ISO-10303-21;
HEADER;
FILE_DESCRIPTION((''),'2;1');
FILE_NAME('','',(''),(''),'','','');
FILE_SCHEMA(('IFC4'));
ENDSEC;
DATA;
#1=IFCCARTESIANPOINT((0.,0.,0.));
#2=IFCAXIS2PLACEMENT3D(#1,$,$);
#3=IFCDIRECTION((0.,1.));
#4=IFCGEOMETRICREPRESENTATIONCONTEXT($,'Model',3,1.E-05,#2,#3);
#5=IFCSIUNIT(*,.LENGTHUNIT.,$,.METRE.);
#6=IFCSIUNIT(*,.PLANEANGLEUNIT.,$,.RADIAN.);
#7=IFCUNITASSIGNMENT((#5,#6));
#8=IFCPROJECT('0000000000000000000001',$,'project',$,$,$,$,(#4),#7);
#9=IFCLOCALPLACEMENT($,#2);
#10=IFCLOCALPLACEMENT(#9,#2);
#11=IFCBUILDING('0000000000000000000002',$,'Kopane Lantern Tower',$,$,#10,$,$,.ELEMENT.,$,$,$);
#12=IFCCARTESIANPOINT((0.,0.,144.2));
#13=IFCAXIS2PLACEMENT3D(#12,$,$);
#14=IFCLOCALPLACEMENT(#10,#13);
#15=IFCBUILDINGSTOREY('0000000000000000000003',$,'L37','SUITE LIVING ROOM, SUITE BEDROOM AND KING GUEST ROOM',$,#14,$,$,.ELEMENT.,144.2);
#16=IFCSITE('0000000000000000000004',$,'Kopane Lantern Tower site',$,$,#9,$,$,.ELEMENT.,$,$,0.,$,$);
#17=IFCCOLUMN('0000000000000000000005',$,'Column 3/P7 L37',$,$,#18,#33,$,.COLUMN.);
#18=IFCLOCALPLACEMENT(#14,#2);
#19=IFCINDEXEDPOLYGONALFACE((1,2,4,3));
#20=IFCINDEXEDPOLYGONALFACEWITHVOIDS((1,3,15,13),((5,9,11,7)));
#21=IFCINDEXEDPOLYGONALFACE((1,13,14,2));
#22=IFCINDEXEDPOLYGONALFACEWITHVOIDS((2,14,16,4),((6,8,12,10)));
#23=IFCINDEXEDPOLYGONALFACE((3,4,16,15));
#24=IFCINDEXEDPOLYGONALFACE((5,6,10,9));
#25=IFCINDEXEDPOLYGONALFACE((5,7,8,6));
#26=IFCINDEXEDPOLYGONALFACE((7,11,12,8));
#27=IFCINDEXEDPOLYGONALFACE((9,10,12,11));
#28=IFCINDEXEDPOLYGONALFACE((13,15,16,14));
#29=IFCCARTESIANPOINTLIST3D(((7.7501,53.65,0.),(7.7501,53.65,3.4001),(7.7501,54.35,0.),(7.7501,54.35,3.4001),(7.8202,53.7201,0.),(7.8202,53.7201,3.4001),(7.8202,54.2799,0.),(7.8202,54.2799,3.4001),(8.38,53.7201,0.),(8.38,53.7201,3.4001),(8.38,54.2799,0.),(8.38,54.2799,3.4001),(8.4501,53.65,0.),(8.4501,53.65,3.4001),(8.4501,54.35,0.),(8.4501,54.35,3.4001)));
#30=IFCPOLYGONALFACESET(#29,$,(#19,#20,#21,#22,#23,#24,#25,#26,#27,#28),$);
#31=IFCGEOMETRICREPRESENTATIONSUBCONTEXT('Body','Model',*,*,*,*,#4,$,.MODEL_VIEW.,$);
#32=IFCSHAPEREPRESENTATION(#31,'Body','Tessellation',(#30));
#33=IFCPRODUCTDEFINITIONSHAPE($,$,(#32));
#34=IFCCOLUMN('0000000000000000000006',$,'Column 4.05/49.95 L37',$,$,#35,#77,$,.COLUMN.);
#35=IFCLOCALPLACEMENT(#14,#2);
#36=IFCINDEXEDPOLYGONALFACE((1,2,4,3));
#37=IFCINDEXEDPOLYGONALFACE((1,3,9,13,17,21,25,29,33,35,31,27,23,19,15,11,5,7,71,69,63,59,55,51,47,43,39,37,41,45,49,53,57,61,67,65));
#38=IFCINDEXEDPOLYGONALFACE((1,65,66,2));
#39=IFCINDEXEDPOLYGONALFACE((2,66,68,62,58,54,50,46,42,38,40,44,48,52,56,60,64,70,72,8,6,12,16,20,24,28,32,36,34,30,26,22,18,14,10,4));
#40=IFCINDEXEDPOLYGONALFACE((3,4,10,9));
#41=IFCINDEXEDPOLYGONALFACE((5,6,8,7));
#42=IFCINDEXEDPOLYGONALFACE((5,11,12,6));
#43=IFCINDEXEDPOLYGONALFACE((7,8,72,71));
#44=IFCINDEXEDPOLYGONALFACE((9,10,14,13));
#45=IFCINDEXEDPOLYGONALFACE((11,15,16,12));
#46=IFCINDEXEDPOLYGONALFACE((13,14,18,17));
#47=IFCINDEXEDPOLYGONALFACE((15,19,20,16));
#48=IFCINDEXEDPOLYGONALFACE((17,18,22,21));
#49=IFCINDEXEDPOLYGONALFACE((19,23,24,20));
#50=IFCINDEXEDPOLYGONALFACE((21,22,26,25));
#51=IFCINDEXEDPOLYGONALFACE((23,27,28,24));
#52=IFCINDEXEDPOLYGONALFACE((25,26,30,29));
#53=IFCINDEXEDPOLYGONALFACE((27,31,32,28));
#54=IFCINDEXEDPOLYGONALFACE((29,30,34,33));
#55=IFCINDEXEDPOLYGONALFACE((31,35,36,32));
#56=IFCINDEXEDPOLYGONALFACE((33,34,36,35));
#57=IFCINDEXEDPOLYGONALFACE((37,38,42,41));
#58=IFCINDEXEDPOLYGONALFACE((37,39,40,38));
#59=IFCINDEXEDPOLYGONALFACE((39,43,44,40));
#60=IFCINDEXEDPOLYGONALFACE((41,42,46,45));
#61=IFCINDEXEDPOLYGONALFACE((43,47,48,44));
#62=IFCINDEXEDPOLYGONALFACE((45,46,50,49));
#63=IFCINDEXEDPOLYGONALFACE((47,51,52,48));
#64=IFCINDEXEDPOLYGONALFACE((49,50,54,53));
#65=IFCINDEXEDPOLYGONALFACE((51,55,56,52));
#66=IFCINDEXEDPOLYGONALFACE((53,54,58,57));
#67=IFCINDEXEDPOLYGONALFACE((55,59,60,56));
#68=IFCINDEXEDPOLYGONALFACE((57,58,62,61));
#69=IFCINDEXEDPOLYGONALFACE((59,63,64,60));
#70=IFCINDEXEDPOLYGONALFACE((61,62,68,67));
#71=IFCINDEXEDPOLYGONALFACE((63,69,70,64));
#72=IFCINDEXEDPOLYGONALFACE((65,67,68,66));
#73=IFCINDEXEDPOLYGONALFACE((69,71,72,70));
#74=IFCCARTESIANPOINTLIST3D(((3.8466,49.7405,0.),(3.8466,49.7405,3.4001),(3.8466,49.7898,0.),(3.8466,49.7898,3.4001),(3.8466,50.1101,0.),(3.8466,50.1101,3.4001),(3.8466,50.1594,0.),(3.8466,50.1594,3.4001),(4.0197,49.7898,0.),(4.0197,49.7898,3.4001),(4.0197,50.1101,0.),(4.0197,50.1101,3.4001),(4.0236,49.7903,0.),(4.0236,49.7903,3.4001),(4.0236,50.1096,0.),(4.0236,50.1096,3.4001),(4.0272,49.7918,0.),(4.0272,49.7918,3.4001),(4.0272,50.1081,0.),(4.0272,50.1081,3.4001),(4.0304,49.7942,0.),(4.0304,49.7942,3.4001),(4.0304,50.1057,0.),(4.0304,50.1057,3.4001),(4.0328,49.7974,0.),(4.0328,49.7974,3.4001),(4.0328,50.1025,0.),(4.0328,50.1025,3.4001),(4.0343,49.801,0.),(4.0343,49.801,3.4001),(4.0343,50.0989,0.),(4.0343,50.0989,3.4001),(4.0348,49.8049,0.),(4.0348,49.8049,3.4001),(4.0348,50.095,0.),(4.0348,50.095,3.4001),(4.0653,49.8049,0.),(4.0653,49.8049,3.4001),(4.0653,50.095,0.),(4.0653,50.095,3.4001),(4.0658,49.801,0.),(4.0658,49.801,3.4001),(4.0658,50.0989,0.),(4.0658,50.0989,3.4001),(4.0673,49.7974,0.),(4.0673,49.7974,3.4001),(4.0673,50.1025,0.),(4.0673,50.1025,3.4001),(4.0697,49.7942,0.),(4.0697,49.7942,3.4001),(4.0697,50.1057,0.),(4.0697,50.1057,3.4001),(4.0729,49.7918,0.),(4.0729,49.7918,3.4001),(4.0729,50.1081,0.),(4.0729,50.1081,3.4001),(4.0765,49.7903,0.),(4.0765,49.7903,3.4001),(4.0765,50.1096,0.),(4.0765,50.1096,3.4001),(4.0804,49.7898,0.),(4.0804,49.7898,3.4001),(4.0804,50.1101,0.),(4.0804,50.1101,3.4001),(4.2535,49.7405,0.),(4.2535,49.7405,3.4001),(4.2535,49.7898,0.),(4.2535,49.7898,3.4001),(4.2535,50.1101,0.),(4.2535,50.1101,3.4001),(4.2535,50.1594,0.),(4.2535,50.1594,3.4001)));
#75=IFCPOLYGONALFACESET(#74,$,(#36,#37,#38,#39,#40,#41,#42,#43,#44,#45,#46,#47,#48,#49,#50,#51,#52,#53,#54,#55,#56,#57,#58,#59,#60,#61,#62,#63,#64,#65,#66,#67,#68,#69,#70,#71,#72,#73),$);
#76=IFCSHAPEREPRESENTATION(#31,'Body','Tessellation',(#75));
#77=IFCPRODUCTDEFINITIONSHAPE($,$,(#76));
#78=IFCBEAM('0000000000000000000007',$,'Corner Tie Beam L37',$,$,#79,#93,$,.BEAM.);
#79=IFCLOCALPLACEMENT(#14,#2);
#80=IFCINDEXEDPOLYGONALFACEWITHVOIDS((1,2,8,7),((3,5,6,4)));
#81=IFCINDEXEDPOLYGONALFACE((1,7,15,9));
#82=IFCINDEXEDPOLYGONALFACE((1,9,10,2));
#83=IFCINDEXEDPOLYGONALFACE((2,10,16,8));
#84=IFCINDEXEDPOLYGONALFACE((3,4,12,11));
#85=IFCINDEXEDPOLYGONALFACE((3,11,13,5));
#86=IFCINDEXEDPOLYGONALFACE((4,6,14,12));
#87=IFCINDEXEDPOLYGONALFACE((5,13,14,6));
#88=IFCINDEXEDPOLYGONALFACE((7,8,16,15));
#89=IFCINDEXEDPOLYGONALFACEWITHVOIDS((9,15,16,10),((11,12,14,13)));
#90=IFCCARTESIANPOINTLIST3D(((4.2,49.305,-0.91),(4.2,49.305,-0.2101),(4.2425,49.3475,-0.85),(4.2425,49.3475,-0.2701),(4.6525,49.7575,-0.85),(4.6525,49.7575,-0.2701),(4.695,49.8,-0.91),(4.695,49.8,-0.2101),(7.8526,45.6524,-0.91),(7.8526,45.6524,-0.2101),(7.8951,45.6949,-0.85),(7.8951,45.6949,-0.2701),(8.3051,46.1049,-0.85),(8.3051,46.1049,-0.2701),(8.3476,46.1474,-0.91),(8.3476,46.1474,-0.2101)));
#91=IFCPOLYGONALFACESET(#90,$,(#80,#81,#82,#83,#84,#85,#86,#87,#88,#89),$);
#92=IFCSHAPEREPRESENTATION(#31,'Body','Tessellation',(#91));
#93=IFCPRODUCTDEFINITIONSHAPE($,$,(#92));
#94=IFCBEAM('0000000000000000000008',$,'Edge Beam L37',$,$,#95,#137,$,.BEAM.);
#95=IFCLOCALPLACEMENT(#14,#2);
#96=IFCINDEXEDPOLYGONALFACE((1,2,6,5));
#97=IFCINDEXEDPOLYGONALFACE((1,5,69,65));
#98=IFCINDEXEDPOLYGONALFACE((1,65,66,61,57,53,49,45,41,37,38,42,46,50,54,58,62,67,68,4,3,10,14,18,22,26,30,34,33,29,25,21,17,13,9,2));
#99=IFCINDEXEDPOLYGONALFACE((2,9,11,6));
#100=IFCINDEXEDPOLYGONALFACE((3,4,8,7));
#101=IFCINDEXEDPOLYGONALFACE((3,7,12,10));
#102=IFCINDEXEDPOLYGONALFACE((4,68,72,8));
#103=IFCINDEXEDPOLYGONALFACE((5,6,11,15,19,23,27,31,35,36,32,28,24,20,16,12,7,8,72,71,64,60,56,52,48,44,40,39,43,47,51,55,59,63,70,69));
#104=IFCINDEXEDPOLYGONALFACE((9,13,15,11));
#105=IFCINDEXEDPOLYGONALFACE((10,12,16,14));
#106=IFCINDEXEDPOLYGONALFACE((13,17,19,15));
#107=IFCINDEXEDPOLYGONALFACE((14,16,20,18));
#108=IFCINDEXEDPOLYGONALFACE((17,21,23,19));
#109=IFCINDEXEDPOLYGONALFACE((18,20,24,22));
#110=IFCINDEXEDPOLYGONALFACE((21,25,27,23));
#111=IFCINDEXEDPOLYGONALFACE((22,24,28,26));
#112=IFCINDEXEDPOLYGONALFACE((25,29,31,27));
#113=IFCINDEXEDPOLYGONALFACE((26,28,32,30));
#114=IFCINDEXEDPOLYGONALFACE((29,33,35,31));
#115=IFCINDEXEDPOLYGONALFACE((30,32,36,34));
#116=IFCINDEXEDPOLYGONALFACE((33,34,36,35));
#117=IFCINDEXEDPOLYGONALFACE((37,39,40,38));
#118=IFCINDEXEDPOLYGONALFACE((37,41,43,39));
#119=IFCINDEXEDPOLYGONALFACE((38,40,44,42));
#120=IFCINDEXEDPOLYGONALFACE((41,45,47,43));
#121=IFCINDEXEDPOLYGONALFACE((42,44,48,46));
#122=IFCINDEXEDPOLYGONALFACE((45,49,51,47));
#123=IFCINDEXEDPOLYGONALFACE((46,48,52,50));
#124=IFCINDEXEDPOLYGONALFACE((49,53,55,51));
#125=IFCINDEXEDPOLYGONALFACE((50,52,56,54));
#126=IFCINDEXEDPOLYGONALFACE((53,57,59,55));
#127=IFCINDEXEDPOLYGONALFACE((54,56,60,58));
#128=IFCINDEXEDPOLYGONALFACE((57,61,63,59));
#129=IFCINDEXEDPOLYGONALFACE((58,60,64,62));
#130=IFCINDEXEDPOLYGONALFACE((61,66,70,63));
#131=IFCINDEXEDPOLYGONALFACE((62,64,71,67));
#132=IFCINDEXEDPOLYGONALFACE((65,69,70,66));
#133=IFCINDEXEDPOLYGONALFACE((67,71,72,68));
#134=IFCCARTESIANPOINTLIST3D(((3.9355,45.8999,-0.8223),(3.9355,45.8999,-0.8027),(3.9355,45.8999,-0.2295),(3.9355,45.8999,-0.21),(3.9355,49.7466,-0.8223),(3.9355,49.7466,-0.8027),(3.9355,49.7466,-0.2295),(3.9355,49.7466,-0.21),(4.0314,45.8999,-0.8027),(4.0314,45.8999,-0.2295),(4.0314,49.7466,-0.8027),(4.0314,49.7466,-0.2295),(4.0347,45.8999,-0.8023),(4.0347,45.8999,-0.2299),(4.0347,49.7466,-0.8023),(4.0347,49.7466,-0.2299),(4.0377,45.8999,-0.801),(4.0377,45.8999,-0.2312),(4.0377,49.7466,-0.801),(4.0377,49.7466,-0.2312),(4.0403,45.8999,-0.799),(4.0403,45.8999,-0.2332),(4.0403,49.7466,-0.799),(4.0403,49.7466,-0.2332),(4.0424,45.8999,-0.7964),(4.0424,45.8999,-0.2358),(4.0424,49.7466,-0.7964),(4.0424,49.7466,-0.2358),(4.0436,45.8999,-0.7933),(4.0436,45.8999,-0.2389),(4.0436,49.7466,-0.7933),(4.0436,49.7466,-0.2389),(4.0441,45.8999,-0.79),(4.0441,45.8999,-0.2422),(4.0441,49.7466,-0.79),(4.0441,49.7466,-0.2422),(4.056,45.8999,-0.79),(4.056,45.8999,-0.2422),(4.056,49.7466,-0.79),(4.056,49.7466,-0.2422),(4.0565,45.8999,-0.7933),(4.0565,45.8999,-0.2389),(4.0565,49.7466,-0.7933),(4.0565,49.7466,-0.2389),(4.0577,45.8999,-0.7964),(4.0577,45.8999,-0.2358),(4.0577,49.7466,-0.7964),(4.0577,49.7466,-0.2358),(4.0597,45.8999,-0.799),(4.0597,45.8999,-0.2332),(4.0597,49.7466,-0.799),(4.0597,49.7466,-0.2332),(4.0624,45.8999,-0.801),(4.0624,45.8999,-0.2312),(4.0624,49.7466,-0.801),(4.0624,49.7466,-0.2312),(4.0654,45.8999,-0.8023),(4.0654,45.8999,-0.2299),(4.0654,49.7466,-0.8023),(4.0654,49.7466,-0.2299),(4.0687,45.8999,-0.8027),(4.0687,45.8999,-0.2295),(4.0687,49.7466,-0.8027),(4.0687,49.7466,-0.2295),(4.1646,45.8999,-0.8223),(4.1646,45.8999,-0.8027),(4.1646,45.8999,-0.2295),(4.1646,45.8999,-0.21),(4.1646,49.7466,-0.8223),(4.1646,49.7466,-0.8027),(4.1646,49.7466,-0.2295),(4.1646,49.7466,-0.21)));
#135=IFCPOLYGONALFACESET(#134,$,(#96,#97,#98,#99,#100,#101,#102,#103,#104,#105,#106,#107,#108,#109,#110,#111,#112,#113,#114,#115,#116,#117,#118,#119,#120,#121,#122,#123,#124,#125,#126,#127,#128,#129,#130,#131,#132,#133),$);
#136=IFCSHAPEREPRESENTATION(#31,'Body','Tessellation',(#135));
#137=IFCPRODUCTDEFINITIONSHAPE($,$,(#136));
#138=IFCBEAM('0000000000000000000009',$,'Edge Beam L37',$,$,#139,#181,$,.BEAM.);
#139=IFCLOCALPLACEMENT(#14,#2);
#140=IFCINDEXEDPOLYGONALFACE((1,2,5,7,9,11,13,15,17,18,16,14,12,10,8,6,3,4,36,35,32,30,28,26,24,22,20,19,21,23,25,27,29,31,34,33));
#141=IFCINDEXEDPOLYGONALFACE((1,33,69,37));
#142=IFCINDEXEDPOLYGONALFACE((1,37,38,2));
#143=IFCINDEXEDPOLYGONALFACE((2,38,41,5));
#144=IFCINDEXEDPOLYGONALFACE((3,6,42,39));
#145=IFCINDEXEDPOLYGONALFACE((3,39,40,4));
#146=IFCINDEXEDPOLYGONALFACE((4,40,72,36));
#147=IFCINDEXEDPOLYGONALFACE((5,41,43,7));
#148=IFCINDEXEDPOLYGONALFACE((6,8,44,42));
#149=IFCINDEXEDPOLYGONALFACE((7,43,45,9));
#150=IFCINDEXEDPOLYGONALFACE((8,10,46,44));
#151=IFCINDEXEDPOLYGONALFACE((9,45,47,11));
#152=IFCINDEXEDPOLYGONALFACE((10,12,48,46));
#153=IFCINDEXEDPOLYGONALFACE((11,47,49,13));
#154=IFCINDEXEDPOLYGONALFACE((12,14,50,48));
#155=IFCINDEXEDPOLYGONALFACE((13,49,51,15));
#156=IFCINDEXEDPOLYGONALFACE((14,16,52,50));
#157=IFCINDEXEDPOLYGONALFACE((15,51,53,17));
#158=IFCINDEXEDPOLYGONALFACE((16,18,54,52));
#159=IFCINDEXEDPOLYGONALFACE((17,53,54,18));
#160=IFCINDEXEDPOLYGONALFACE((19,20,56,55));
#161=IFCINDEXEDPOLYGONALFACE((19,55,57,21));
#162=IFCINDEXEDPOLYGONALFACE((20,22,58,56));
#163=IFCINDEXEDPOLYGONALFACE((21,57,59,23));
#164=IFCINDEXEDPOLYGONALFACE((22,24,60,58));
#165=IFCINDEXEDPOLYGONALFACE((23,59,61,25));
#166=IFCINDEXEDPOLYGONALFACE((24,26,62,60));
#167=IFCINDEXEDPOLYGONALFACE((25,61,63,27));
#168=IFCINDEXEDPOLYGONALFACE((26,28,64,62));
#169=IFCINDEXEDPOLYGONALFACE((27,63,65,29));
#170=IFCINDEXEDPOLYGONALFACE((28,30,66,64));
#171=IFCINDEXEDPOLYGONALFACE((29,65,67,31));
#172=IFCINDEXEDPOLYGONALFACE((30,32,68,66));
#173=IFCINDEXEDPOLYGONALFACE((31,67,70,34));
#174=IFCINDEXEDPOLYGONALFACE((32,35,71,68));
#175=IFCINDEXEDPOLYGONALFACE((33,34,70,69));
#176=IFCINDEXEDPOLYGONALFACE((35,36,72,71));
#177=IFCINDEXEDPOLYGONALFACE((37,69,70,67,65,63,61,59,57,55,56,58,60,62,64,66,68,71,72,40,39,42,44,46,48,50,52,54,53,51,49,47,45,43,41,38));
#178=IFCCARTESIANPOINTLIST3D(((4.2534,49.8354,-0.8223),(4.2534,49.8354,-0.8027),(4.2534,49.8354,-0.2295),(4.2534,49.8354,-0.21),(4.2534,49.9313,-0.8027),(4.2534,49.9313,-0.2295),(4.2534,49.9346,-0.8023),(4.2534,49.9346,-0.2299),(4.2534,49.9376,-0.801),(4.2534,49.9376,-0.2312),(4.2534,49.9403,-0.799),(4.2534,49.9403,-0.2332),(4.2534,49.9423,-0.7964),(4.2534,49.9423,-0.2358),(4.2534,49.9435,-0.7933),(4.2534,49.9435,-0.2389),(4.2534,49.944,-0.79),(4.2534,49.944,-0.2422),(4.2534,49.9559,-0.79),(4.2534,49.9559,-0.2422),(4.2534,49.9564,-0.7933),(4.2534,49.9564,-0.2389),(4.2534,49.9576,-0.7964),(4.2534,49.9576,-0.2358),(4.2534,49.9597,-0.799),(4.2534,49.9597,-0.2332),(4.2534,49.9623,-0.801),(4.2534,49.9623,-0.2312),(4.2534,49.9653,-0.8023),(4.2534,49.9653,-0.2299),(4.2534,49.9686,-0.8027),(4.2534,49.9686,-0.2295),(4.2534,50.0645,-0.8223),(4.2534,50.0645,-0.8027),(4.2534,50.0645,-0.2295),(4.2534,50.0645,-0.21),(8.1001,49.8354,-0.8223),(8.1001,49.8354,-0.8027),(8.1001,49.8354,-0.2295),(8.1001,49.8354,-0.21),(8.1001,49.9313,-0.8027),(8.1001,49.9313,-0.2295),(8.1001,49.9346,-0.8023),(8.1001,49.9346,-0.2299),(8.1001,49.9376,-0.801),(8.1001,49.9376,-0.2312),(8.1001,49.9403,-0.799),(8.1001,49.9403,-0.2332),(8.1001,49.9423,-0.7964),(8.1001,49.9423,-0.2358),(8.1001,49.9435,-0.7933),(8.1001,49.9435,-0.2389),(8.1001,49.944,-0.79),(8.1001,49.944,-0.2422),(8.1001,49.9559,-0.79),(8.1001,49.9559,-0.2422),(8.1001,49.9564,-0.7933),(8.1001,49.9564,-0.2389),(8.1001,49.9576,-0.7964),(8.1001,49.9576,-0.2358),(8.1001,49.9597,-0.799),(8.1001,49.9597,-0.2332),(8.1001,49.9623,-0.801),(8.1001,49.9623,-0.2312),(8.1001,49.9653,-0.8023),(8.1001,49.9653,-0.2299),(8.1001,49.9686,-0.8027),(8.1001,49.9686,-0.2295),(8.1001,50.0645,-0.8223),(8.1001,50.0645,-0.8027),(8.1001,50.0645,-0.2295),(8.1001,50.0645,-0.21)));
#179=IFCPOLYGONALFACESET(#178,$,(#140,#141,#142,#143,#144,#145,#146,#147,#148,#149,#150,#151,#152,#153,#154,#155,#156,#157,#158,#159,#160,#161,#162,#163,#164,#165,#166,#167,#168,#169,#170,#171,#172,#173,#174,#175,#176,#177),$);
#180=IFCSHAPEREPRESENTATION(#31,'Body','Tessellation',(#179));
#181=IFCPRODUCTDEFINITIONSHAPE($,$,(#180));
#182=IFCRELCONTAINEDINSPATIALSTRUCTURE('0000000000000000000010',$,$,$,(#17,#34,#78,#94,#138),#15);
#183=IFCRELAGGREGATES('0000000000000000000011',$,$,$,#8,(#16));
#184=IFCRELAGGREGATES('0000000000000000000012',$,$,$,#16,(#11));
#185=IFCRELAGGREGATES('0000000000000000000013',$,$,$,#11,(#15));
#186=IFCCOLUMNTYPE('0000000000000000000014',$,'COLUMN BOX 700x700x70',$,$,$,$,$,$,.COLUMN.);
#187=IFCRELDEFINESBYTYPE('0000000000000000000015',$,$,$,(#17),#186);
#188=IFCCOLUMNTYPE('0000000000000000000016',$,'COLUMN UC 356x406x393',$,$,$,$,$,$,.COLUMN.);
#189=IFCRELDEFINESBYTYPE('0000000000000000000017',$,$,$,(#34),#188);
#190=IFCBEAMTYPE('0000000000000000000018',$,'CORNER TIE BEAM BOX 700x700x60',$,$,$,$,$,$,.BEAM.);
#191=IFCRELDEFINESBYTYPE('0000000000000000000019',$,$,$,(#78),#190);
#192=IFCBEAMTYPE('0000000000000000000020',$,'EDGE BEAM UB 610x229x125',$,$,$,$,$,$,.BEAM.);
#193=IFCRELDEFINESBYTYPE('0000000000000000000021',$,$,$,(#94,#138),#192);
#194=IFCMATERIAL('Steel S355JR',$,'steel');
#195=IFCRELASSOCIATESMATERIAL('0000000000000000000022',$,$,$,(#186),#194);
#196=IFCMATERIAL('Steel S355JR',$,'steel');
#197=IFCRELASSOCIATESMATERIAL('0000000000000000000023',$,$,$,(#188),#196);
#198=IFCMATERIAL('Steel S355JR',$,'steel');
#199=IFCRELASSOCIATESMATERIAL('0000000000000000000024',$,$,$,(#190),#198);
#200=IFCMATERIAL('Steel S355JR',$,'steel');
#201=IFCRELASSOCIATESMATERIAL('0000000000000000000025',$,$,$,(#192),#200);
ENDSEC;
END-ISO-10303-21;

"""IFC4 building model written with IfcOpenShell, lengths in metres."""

from ifc_helpers import new_model, si_unit, direction, frame, origin, origin_2d, place, context, subcontext, project, spatial, hollow_rectangle, i_section, extrude, material, material_profile, profile_set, type_object, element, save


model = new_model("IFC4")

# Units and contexts
model_context = context("Model", 3, precision=1e-05, world=origin(), true_north=direction((0.0, 1.0)))
body_context = subcontext(model_context, "Body", "Model", "MODEL_VIEW")
ifc_project = project(units=[si_unit("LENGTHUNIT", "METRE"), si_unit("PLANEANGLEUNIT", "RADIAN")], contexts=[model_context])

# Site, building, storey
site_placement = place(None, origin())
site = spatial("IfcSite", under=ifc_project, at=site_placement, Name="Kopane Lantern Tower site", CompositionType="ELEMENT", RefElevation=0.0)
building_placement = place(site_placement, origin())
building = spatial("IfcBuilding", under=site, at=building_placement, Name="Kopane Lantern Tower", CompositionType="ELEMENT")
storey_placement = place(building_placement, frame((0.0, 0.0, 144.2)))
storey = spatial("IfcBuildingStorey", under=building, at=storey_placement, Name="L37", Description="SUITE LIVING ROOM, SUITE BEDROOM AND KING GUEST ROOM", CompositionType="ELEMENT", Elevation=144.2)

# Columns
ifc_material_1 = material(Name="Steel S355JR", Category="steel")
ifc_material_profile_1 = material_profile(ifc_material_1, hollow_rectangle(XDim=0.7, YDim=0.7, WallThickness=0.0701, at=origin_2d()), Name="BOX 700x700x70")
ifc_profile_set_1 = profile_set([ifc_material_profile_1], Name="Steel S355JR")
column_type_1 = type_object("IfcColumnType", Name="COLUMN BOX 700x700x70", PredefinedType="COLUMN", material=ifc_profile_set_1)
column_1_placement = place(storey_placement, frame((8.1001, 54.0, 0.0), z_axis=(0.0, 0.0, 1.0), x_axis=(1.0, 0.0, 0.0)))
element("IfcColumn", 1, at=column_1_placement, inside=storey, type_object=column_type_1, Name="Column 3/P7 L37", PredefinedType="COLUMN", context=body_context, shape_type="SweptSolid", body=[
    extrude(hollow_rectangle(XDim=0.7, YDim=0.7, WallThickness=0.0701, at=origin_2d()), origin(), (0.0, 0.0, 1.0), 3.4001),
])
ifc_material_2 = material(Name="Steel S355JR", Category="steel")
ifc_material_profile_2 = material_profile(ifc_material_2, i_section(OverallWidth=0.407, OverallDepth=0.4189, WebThickness=0.0305, FlangeThickness=0.0493, FilletRadius=0.0151, at=origin_2d()), Name="UC 356x406x393")
ifc_profile_set_2 = profile_set([ifc_material_profile_2], Name="Steel S355JR")
column_type_2 = type_object("IfcColumnType", Name="COLUMN UC 356x406x393", PredefinedType="COLUMN", material=ifc_profile_set_2)
column_2_placement = place(storey_placement, frame((4.05, 49.95, 0.0), z_axis=(0.0, 0.0, 1.0), x_axis=(1.0, 0.0, 0.0)))
element("IfcColumn", 2, at=column_2_placement, inside=storey, type_object=column_type_2, Name="Column 4.05/49.95 L37", PredefinedType="COLUMN", context=body_context, shape_type="SweptSolid", body=[
    extrude(i_section(OverallWidth=0.407, OverallDepth=0.4189, WebThickness=0.0305, FlangeThickness=0.0493, FilletRadius=0.0151, at=origin_2d()), origin(), (0.0, 0.0, 1.0), 3.4001),
])

# Beams
ifc_material_3 = material(Name="Steel S355JR", Category="steel")
ifc_material_profile_3 = material_profile(ifc_material_3, hollow_rectangle(XDim=0.7, YDim=0.7, WallThickness=0.0601, at=origin_2d()), Name="BOX 700x700x60")
ifc_profile_set_3 = profile_set([ifc_material_profile_3], Name="Steel S355JR")
beam_type_1 = type_object("IfcBeamType", Name="CORNER TIE BEAM BOX 700x700x60", PredefinedType="BEAM", material=ifc_profile_set_3)
beam_1_placement = place(storey_placement, frame((4.4475, 49.5525, -0.5601), z_axis=(0.707107, -0.707107, 0.0), x_axis=(0.707107, 0.707107, 0.0)))
element("IfcBeam", 3, at=beam_1_placement, inside=storey, type_object=beam_type_1, Name="Corner Tie Beam L37", PredefinedType="BEAM", context=body_context, shape_type="SweptSolid", body=[
    extrude(hollow_rectangle(XDim=0.7, YDim=0.7, WallThickness=0.0601, at=origin_2d()), origin(), (0.0, 0.0, 1.0), 5.1655),
])
ifc_material_4 = material(Name="Steel S355JR", Category="steel")
ifc_material_profile_4 = material_profile(ifc_material_4, i_section(OverallWidth=0.229, OverallDepth=0.6123, WebThickness=0.012, FlangeThickness=0.0195, FilletRadius=0.0127, at=origin_2d()), Name="UB 610x229x125")
ifc_profile_set_4 = profile_set([ifc_material_profile_4], Name="Steel S355JR")
beam_type_2 = type_object("IfcBeamType", Name="EDGE BEAM UB 610x229x125", PredefinedType="BEAM", material=ifc_profile_set_4)
for number, where, z_axis, x_axis, name in (
    (4, (4.05, 49.7466, -0.5161), (0.0, -1.0, 0.0), (1.0, 0.0, 0.0), "Edge Beam L37"),
    (5, (4.2534, 49.95, -0.5161), (1.0, 0.0, 0.0), (0.0, 1.0, 0.0), "Edge Beam L37"),
):
    element("IfcBeam", number, at=place(storey_placement, frame(where, z_axis=z_axis, x_axis=x_axis)), inside=storey, type_object=beam_type_2, Name=name, PredefinedType="BEAM", context=body_context, shape_type="SweptSolid", body=[
        extrude(i_section(OverallWidth=0.229, OverallDepth=0.6123, WebThickness=0.012, FlangeThickness=0.0195, FilletRadius=0.0127, at=origin_2d()), origin(), (0.0, 0.0, 1.0), 3.8467),
    ])

save(model, "model.ifc")
